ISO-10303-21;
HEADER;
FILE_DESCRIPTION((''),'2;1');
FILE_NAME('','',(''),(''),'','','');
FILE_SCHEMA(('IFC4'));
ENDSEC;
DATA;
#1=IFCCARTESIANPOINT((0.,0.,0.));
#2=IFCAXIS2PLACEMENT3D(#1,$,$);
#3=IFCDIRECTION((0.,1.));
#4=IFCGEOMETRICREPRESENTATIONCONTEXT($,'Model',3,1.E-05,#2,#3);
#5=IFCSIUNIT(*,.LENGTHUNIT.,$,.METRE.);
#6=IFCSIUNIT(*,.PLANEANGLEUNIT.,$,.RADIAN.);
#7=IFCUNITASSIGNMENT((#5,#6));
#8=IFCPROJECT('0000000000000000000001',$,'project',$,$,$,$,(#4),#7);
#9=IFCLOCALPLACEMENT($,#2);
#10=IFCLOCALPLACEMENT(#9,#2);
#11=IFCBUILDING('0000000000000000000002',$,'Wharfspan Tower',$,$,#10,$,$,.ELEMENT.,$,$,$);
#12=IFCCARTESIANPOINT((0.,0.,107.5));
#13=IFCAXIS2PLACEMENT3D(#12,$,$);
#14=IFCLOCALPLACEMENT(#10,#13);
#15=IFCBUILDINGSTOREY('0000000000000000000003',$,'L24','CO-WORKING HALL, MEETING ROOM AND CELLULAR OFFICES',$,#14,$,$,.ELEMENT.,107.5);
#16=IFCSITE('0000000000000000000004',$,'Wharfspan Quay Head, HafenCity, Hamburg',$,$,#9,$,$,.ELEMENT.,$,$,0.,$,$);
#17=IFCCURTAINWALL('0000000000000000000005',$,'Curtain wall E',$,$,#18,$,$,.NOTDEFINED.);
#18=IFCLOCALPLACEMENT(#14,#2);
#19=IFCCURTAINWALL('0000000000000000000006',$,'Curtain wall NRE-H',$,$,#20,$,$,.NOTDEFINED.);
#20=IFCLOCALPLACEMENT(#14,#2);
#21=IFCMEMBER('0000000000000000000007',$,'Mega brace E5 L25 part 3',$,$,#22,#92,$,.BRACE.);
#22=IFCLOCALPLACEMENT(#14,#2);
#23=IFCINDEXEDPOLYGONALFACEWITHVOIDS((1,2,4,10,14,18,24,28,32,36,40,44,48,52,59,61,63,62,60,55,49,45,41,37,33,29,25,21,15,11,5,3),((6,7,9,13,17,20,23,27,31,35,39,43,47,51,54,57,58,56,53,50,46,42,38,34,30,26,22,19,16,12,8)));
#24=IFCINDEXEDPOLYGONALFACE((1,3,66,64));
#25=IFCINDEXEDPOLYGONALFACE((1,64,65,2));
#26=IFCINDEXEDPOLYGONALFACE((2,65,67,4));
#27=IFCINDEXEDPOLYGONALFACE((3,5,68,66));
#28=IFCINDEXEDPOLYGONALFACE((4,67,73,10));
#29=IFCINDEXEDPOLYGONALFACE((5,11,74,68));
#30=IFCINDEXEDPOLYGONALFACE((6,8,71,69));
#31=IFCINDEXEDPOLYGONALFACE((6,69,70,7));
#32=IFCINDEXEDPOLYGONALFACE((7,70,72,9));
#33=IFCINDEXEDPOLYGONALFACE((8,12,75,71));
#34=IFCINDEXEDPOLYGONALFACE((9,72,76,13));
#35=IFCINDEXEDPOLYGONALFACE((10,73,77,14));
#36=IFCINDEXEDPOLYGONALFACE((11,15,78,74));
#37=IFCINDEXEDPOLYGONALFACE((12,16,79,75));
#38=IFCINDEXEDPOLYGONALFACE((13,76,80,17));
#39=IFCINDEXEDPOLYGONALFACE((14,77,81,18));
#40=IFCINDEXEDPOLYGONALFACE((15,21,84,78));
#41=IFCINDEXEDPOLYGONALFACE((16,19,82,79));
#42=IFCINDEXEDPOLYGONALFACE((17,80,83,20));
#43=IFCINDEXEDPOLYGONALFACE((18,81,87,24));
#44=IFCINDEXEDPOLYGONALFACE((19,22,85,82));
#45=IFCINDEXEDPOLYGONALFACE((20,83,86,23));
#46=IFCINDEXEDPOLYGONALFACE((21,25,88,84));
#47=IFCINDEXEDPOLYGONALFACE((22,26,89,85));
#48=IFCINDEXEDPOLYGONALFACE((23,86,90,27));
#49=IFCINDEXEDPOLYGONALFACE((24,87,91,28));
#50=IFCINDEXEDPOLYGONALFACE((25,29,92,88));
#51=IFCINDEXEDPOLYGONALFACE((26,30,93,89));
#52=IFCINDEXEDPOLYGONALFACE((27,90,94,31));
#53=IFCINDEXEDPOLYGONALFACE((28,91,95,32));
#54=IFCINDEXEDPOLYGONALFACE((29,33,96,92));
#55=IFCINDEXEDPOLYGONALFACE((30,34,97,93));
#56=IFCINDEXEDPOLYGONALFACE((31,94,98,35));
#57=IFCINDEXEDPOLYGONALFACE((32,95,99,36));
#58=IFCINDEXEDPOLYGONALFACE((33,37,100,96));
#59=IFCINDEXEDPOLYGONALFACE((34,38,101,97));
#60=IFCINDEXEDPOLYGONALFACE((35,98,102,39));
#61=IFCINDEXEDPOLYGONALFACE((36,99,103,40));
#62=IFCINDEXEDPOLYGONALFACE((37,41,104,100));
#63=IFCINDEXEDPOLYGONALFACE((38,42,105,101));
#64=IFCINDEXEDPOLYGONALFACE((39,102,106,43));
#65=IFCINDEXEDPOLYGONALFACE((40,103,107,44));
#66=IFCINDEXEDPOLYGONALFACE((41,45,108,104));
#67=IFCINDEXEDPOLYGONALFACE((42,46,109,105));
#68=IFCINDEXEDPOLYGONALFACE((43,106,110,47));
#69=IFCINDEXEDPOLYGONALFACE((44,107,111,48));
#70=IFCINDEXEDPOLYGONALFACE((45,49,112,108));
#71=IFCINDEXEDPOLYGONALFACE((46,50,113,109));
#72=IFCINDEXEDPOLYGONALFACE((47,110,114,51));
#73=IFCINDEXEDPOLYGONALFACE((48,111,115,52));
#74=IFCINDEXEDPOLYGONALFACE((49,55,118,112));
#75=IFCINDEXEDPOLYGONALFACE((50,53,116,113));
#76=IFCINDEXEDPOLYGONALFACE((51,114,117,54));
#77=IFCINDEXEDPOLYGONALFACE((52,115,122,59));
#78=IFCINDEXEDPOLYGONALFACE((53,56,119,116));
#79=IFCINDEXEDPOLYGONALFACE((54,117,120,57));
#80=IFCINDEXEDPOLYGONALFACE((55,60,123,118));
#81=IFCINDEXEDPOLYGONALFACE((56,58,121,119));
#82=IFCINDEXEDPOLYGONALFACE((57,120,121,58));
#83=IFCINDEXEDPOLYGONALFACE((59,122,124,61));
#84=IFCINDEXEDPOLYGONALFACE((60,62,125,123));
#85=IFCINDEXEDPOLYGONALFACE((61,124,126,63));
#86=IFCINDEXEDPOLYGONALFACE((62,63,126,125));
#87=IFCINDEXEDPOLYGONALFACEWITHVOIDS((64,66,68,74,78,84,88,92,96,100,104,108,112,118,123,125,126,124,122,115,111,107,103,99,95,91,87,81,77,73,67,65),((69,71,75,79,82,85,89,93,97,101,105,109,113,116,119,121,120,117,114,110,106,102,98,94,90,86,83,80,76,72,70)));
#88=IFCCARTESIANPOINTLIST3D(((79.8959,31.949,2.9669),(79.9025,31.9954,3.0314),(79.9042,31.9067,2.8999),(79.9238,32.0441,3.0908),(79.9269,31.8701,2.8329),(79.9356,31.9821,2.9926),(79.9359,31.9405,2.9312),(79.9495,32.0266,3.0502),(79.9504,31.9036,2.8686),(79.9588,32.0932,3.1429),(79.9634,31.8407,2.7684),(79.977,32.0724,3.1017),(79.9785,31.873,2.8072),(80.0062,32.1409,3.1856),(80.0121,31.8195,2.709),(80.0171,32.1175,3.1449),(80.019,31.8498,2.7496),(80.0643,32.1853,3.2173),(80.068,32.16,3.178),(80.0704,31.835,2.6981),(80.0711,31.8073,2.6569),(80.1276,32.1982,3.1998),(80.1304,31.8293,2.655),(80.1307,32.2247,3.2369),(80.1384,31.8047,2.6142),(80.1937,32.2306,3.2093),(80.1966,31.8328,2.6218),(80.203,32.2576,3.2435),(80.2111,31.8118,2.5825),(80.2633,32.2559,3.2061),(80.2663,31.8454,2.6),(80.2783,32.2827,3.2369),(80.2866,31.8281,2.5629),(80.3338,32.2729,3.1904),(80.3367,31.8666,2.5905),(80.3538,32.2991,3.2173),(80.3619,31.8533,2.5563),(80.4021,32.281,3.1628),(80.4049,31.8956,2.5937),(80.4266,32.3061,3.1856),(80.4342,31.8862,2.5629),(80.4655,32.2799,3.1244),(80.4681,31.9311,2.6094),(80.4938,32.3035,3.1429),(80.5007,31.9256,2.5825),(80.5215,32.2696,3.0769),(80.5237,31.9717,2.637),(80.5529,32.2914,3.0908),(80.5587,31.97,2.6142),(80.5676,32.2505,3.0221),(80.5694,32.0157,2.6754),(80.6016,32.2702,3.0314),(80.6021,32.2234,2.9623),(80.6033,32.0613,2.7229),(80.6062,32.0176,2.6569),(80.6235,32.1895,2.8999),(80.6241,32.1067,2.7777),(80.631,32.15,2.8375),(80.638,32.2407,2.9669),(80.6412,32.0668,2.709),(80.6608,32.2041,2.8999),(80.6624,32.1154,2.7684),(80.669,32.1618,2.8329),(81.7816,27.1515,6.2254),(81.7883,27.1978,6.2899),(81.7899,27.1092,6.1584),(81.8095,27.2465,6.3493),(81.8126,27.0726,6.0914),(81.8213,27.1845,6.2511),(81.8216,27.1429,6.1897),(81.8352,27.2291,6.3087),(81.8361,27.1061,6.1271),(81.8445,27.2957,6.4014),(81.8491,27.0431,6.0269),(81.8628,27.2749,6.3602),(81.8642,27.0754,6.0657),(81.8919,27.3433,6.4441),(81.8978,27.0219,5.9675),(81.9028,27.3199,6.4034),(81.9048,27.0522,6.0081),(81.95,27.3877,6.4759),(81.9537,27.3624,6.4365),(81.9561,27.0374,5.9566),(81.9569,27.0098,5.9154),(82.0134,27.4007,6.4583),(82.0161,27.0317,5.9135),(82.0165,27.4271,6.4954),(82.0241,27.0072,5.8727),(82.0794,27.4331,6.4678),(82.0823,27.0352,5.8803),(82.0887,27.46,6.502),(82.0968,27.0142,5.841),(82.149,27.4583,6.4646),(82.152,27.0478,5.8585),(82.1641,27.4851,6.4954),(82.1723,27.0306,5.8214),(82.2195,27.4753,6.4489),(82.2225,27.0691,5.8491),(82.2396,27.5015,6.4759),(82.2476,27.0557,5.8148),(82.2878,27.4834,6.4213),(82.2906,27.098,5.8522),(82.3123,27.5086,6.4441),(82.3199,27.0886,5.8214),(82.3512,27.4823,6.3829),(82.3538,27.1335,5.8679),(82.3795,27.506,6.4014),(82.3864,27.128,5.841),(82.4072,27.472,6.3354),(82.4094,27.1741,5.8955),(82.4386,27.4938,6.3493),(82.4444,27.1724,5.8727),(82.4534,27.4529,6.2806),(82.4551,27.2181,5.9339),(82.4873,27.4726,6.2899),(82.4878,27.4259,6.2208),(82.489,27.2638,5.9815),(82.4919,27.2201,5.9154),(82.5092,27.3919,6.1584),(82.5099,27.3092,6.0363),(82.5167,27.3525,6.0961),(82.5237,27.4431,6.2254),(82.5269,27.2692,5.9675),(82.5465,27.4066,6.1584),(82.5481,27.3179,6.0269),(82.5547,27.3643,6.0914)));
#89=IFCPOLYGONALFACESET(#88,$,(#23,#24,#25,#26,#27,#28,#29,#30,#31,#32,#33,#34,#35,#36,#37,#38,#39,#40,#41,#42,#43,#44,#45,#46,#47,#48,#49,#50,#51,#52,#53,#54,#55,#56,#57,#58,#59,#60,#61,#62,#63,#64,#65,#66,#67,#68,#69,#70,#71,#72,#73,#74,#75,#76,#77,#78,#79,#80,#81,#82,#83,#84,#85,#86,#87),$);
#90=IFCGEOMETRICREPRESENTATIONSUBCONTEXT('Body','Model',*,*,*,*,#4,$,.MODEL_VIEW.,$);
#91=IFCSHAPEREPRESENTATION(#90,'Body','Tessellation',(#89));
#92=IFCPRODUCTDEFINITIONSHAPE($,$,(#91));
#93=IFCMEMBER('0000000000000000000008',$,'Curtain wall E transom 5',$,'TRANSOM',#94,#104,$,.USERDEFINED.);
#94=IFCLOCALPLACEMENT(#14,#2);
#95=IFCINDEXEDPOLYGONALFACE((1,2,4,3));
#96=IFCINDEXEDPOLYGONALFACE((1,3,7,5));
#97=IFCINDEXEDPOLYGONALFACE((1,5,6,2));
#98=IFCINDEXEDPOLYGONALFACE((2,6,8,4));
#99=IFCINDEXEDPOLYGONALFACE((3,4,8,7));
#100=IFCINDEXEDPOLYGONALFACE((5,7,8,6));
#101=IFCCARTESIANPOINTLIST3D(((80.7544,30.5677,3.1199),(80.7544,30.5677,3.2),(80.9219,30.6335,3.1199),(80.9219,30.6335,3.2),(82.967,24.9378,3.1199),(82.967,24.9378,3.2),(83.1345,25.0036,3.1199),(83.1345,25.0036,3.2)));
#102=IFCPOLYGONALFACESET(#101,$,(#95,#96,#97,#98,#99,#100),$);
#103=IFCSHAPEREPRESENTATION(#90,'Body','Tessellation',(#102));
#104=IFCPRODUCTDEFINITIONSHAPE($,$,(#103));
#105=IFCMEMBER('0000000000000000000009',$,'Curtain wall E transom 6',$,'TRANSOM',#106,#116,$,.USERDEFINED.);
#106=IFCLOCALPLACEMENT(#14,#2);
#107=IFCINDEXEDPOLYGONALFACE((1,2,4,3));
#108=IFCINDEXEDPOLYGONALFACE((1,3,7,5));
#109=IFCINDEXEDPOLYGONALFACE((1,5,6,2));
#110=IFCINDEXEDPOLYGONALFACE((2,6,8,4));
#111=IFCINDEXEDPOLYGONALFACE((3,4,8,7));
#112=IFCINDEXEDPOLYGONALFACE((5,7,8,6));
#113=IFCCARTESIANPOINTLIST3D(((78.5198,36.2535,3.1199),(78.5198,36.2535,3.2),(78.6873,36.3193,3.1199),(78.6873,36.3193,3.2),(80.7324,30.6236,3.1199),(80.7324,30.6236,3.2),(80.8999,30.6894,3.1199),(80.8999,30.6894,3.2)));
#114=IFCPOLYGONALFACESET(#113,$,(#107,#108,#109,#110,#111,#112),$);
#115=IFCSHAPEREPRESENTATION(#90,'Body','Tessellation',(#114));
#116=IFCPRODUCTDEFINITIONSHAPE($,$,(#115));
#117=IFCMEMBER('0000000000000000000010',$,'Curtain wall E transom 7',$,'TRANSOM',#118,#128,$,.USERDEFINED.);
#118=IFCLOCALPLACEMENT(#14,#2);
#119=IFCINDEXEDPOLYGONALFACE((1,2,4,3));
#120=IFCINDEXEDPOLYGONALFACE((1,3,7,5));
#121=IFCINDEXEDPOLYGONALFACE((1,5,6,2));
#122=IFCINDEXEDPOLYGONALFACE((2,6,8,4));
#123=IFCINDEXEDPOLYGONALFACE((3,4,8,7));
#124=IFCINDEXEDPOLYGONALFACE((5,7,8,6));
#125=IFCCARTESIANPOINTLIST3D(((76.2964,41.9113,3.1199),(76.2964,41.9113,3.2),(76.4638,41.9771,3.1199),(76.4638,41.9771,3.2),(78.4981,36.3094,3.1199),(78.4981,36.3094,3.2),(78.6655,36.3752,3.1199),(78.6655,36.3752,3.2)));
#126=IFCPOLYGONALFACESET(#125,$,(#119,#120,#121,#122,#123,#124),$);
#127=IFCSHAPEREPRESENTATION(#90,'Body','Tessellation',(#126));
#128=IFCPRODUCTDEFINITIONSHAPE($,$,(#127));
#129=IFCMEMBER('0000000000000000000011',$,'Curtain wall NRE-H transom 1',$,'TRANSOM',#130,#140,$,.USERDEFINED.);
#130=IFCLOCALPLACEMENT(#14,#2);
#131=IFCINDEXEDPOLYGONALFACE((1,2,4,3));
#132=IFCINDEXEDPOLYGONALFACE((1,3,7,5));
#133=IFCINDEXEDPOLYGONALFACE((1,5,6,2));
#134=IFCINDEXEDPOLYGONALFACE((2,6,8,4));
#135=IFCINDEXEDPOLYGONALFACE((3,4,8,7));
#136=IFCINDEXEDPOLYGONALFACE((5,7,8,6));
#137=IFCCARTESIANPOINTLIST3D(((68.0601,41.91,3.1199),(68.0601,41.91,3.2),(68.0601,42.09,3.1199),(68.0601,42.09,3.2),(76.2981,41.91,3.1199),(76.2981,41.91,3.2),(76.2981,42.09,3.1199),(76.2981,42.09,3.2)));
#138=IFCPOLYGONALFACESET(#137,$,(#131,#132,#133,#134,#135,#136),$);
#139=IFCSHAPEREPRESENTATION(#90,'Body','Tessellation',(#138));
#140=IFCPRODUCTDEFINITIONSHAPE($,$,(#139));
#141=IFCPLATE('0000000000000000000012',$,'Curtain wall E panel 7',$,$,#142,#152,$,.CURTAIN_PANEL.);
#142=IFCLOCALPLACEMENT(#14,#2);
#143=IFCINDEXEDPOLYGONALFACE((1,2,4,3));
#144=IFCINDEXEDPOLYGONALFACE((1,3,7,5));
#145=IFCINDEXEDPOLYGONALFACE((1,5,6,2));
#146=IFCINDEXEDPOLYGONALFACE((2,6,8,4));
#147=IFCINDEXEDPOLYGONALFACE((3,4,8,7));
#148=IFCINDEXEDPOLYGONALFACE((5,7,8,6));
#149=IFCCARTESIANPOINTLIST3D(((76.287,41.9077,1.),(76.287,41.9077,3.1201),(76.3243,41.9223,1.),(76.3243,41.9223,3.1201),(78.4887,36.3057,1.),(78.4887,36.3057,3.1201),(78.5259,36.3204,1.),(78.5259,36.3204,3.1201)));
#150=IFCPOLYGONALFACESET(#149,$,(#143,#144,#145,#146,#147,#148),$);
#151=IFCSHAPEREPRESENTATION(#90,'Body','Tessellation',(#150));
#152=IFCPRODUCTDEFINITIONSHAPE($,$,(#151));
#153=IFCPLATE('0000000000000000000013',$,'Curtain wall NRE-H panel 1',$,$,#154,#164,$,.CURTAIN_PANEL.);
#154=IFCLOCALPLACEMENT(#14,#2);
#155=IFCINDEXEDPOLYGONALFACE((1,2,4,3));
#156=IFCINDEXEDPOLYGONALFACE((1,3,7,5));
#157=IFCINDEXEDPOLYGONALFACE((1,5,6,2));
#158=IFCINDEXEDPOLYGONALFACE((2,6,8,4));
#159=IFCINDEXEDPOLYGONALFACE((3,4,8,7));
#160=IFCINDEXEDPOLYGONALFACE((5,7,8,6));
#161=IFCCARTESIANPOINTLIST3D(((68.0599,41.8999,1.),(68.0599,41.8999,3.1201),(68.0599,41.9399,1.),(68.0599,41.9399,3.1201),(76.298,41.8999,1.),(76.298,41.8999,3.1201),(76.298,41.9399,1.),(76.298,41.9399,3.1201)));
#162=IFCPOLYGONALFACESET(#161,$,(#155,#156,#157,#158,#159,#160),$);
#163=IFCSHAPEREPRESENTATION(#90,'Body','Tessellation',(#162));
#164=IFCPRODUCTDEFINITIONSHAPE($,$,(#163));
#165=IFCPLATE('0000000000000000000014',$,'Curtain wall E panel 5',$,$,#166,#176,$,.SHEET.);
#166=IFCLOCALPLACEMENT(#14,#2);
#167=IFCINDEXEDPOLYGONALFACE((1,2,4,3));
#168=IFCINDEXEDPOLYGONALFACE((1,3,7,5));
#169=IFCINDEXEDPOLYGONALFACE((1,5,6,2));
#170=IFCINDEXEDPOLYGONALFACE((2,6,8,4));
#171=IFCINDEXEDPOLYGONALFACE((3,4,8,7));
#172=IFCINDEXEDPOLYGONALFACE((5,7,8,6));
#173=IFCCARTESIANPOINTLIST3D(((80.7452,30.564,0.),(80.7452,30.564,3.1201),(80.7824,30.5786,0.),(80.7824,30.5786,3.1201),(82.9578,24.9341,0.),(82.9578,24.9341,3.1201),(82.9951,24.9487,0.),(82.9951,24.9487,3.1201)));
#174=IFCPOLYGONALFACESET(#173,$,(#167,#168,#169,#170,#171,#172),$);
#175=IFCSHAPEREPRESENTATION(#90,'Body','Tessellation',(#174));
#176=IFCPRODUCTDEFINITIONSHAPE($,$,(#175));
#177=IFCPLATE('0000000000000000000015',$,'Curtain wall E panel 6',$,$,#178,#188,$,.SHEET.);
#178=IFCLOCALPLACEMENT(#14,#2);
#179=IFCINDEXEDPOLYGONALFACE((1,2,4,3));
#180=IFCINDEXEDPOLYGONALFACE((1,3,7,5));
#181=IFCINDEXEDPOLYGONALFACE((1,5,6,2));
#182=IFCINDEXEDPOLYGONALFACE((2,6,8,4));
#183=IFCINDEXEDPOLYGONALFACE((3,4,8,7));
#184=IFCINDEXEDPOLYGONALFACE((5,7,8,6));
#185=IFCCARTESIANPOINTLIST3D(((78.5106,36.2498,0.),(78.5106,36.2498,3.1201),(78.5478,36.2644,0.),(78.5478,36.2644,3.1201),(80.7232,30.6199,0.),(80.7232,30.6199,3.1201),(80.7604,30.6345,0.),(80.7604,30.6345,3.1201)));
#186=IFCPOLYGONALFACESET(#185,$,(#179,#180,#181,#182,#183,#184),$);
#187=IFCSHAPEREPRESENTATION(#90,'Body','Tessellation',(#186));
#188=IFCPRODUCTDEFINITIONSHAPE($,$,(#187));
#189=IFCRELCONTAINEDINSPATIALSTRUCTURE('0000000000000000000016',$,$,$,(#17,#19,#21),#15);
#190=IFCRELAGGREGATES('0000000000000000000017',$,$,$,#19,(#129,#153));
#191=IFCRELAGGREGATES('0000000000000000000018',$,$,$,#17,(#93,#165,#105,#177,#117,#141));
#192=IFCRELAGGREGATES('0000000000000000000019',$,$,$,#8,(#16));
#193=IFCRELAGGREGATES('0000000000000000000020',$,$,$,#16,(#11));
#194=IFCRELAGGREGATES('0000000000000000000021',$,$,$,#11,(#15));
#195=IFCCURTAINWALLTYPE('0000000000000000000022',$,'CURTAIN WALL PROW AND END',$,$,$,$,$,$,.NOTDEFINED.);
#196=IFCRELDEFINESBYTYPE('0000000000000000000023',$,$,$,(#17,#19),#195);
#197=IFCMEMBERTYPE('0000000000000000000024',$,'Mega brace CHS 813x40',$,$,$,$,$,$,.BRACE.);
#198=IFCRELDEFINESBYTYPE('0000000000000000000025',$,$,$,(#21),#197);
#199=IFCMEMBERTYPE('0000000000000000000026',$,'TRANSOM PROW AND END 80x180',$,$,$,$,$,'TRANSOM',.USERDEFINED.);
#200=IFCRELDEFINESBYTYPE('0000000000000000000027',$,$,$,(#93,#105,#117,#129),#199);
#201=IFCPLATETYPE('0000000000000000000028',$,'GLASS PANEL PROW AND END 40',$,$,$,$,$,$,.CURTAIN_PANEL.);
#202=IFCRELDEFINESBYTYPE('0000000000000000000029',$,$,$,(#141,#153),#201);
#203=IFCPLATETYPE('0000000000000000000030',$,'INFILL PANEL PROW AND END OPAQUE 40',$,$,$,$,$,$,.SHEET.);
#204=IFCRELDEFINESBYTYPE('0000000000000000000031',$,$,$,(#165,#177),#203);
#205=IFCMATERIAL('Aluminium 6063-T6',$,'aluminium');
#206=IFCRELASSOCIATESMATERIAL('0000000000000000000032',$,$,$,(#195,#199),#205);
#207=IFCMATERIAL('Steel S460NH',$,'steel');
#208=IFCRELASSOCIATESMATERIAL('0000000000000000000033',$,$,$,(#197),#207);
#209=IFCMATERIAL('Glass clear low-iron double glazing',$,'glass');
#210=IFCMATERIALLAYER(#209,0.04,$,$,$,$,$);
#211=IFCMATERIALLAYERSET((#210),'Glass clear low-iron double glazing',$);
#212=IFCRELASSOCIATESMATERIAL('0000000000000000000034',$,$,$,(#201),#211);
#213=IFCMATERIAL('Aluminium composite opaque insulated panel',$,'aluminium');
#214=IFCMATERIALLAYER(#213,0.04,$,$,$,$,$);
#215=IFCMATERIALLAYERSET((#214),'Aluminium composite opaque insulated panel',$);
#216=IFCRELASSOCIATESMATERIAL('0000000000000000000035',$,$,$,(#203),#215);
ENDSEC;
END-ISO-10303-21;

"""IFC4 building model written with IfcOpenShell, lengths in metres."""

from ifc_helpers import new_model, si_unit, direction, frame, origin, origin_2d, place, context, subcontext, project, spatial, rectangle, hollow_circle, extrude, material, layer, layer_set, material_profile, profile_set, type_object, element, aggregate, save


model = new_model("IFC4")

# Units and contexts
model_context = context("Model", 3, precision=1e-05, world=origin(), true_north=direction((0.0, 1.0)))
body_context = subcontext(model_context, "Body", "Model", "MODEL_VIEW")
ifc_project = project(units=[si_unit("LENGTHUNIT", "METRE"), si_unit("PLANEANGLEUNIT", "RADIAN")], contexts=[model_context])

# Site, building, storey
site_placement = place(None, origin())
site = spatial("IfcSite", under=ifc_project, at=site_placement, Name="Wharfspan Quay Head, HafenCity, Hamburg", CompositionType="ELEMENT", RefElevation=0.0)
building_placement = place(site_placement, origin())
building = spatial("IfcBuilding", under=site, at=building_placement, Name="Wharfspan Tower", CompositionType="ELEMENT")
storey_placement = place(building_placement, frame((0.0, 0.0, 107.5)))
storey = spatial("IfcBuildingStorey", under=building, at=storey_placement, Name="L24", Description="CO-WORKING HALL, MEETING ROOM AND CELLULAR OFFICES", CompositionType="ELEMENT", Elevation=107.5)

# Curtain wall
ifc_material_1 = material(Name="Aluminium 6063-T6", Category="aluminium")
curtain_wall_type = type_object("IfcCurtainWallType", Name="CURTAIN WALL PROW AND END", PredefinedType="NOTDEFINED", material=ifc_material_1)
curtain_wall_1_placement = place(storey_placement, origin())
curtain_wall_1 = element("IfcCurtainWall", 1, at=curtain_wall_1_placement, inside=storey, type_object=curtain_wall_type, Name="Curtain wall E", PredefinedType="NOTDEFINED")

# Curtain wall
curtain_wall_2_placement = place(storey_placement, origin())
curtain_wall_2 = element("IfcCurtainWall", 2, at=curtain_wall_2_placement, inside=storey, type_object=curtain_wall_type, Name="Curtain wall NRE-H", PredefinedType="NOTDEFINED")

# Members
ifc_material_2 = material(Name="Steel S460NH", Category="steel")
ifc_material_profile_1 = material_profile(ifc_material_2, hollow_circle(Radius=0.4065, WallThickness=0.04, at=origin_2d()))
ifc_profile_set_1 = profile_set([ifc_material_profile_1], Name="Steel S460NH")
member_type_1 = type_object("IfcMemberType", Name="Mega brace CHS 813x40", PredefinedType="BRACE", material=ifc_profile_set_1)
member_1_placement = place(storey_placement, frame((80.2825, 32.0554, 2.8999), z_axis=(0.309216, -0.786692, 0.534323), x_axis=(0.93069, 0.365817, 0.000002)))
element("IfcMember", 3, at=member_1_placement, inside=storey, type_object=member_type_1, Name="Mega brace E5 L25 part 3", PredefinedType="BRACE", context=body_context, shape_type="SweptSolid", body=[
    extrude(hollow_circle(Radius=0.4065, WallThickness=0.04, at=origin_2d()), origin(), (0.0, 0.0, 1.0), 6.0984),
])
ifc_material_profile_2 = material_profile(ifc_material_1, rectangle(XDim=0.1799, YDim=0.0801, at=origin_2d()))
ifc_profile_set_2 = profile_set([ifc_material_profile_2], Name="Aluminium 6063-T6")
member_type_2 = type_object("IfcMemberType", Name="TRANSOM PROW AND END 80x180", ElementType="TRANSOM", PredefinedType="USERDEFINED", material=ifc_profile_set_2)
member_2_placement = place(storey_placement, frame((83.0508, 24.9707, 3.1599), z_axis=(-0.365782, 0.9307, 0.0), x_axis=(-0.9307, -0.365782, 0.0)))
member_2 = element("IfcMember", 4, at=member_2_placement, type_object=member_type_2, Name="Curtain wall E transom 5", ObjectType="TRANSOM", PredefinedType="USERDEFINED", context=body_context, shape_type="SweptSolid", body=[
    extrude(rectangle(XDim=0.1799, YDim=0.0801, at=origin_2d()), origin(), (0.0, 0.0, 1.0), 6.0491),
])
member_3_placement = place(storey_placement, frame((80.8162, 30.6565, 3.1599), z_axis=(-0.365782, 0.9307, 0.0), x_axis=(-0.9307, -0.365782, 0.0)))
member_3 = element("IfcMember", 5, at=member_3_placement, type_object=member_type_2, Name="Curtain wall E transom 6", ObjectType="TRANSOM", PredefinedType="USERDEFINED", context=body_context, shape_type="SweptSolid", body=[
    extrude(rectangle(XDim=0.1799, YDim=0.0801, at=origin_2d()), origin(), (0.0, 0.0, 1.0), 6.0491),
])
member_4_placement = place(storey_placement, frame((78.5818, 36.3423, 3.1599), z_axis=(-0.365789, 0.930698, 0.0), x_axis=(-0.930698, -0.365789, 0.0)))
member_4 = element("IfcMember", 6, at=member_4_placement, type_object=member_type_2, Name="Curtain wall E transom 7", ObjectType="TRANSOM", PredefinedType="USERDEFINED", context=body_context, shape_type="SweptSolid", body=[
    extrude(rectangle(XDim=0.1799, YDim=0.0801, at=origin_2d()), origin(), (0.0, 0.0, 1.0), 6.019),
])
member_5_placement = place(storey_placement, frame((76.2981, 42.0, 3.1599), z_axis=(-1.0, 0.0, 0.0), x_axis=(0.0, -1.0, 0.0)))
member_5 = element("IfcMember", 7, at=member_5_placement, type_object=member_type_2, Name="Curtain wall NRE-H transom 1", ObjectType="TRANSOM", PredefinedType="USERDEFINED", context=body_context, shape_type="SweptSolid", body=[
    extrude(rectangle(XDim=0.1799, YDim=0.0801, at=origin_2d()), origin(), (0.0, 0.0, 1.0), 8.238),
])

# Plates
ifc_material_3 = material(Name="Glass clear low-iron double glazing", Category="glass")
ifc_layer_1 = layer(ifc_material_3, 0.04)
ifc_layer_set_1 = layer_set([ifc_layer_1], Name="Glass clear low-iron double glazing")
plate_type_1 = type_object("IfcPlateType", Name="GLASS PANEL PROW AND END 40", PredefinedType="CURTAIN_PANEL", material=ifc_layer_set_1)
plate_1_placement = place(storey_placement, frame((77.4065, 39.114, 1.0), z_axis=(0.0, 0.0, 1.0), x_axis=(-0.365778, 0.930702, 0.0)))
plate_1 = element("IfcPlate", 8, at=plate_1_placement, type_object=plate_type_1, Name="Curtain wall E panel 7", PredefinedType="CURTAIN_PANEL", context=body_context, shape_type="SweptSolid", body=[
    extrude(rectangle(XDim=6.019, YDim=0.04, at=origin_2d()), origin(), (0.0, 0.0, 1.0), 2.1201),
])
plate_2_placement = place(storey_placement, frame((72.179, 41.9199, 1.0), z_axis=(0.0, 0.0, 1.0), x_axis=(-1.0, 0.0, 0.0)))
plate_2 = element("IfcPlate", 9, at=plate_2_placement, type_object=plate_type_1, Name="Curtain wall NRE-H panel 1", PredefinedType="CURTAIN_PANEL", context=body_context, shape_type="SweptSolid", body=[
    extrude(rectangle(XDim=8.238, YDim=0.04, at=origin_2d()), origin(), (0.0, 0.0, 1.0), 2.1201),
])
aggregate(curtain_wall_2, [member_5, plate_2])
ifc_material_4 = material(Name="Aluminium composite opaque insulated panel", Category="aluminium")
ifc_layer_2 = layer(ifc_material_4, 0.04)
ifc_layer_set_2 = layer_set([ifc_layer_2], Name="Aluminium composite opaque insulated panel")
plate_type_2 = type_object("IfcPlateType", Name="INFILL PANEL PROW AND END OPAQUE 40", PredefinedType="SHEET", material=ifc_layer_set_2)
plate_3_placement = place(storey_placement, frame((81.8701, 27.7563, 0.0), z_axis=(0.0, 0.0, 1.0), x_axis=(-0.365778, 0.930702, 0.0)))
plate_3 = element("IfcPlate", 10, at=plate_3_placement, type_object=plate_type_2, Name="Curtain wall E panel 5", PredefinedType="SHEET", context=body_context, shape_type="SweptSolid", body=[
    extrude(rectangle(XDim=6.0491, YDim=0.04, at=origin_2d()), origin(), (0.0, 0.0, 1.0), 3.1201),
])
plate_4_placement = place(storey_placement, frame((79.6355, 33.4421, 0.0), z_axis=(0.0, 0.0, 1.0), x_axis=(-0.365778, 0.930702, 0.0)))
plate_4 = element("IfcPlate", 11, at=plate_4_placement, type_object=plate_type_2, Name="Curtain wall E panel 6", PredefinedType="SHEET", context=body_context, shape_type="SweptSolid", body=[
    extrude(rectangle(XDim=6.0491, YDim=0.04, at=origin_2d()), origin(), (0.0, 0.0, 1.0), 3.1201),
])
aggregate(curtain_wall_1, [member_2, plate_3, member_3, plate_4, member_4, plate_1])

save(model, "model.ifc")
